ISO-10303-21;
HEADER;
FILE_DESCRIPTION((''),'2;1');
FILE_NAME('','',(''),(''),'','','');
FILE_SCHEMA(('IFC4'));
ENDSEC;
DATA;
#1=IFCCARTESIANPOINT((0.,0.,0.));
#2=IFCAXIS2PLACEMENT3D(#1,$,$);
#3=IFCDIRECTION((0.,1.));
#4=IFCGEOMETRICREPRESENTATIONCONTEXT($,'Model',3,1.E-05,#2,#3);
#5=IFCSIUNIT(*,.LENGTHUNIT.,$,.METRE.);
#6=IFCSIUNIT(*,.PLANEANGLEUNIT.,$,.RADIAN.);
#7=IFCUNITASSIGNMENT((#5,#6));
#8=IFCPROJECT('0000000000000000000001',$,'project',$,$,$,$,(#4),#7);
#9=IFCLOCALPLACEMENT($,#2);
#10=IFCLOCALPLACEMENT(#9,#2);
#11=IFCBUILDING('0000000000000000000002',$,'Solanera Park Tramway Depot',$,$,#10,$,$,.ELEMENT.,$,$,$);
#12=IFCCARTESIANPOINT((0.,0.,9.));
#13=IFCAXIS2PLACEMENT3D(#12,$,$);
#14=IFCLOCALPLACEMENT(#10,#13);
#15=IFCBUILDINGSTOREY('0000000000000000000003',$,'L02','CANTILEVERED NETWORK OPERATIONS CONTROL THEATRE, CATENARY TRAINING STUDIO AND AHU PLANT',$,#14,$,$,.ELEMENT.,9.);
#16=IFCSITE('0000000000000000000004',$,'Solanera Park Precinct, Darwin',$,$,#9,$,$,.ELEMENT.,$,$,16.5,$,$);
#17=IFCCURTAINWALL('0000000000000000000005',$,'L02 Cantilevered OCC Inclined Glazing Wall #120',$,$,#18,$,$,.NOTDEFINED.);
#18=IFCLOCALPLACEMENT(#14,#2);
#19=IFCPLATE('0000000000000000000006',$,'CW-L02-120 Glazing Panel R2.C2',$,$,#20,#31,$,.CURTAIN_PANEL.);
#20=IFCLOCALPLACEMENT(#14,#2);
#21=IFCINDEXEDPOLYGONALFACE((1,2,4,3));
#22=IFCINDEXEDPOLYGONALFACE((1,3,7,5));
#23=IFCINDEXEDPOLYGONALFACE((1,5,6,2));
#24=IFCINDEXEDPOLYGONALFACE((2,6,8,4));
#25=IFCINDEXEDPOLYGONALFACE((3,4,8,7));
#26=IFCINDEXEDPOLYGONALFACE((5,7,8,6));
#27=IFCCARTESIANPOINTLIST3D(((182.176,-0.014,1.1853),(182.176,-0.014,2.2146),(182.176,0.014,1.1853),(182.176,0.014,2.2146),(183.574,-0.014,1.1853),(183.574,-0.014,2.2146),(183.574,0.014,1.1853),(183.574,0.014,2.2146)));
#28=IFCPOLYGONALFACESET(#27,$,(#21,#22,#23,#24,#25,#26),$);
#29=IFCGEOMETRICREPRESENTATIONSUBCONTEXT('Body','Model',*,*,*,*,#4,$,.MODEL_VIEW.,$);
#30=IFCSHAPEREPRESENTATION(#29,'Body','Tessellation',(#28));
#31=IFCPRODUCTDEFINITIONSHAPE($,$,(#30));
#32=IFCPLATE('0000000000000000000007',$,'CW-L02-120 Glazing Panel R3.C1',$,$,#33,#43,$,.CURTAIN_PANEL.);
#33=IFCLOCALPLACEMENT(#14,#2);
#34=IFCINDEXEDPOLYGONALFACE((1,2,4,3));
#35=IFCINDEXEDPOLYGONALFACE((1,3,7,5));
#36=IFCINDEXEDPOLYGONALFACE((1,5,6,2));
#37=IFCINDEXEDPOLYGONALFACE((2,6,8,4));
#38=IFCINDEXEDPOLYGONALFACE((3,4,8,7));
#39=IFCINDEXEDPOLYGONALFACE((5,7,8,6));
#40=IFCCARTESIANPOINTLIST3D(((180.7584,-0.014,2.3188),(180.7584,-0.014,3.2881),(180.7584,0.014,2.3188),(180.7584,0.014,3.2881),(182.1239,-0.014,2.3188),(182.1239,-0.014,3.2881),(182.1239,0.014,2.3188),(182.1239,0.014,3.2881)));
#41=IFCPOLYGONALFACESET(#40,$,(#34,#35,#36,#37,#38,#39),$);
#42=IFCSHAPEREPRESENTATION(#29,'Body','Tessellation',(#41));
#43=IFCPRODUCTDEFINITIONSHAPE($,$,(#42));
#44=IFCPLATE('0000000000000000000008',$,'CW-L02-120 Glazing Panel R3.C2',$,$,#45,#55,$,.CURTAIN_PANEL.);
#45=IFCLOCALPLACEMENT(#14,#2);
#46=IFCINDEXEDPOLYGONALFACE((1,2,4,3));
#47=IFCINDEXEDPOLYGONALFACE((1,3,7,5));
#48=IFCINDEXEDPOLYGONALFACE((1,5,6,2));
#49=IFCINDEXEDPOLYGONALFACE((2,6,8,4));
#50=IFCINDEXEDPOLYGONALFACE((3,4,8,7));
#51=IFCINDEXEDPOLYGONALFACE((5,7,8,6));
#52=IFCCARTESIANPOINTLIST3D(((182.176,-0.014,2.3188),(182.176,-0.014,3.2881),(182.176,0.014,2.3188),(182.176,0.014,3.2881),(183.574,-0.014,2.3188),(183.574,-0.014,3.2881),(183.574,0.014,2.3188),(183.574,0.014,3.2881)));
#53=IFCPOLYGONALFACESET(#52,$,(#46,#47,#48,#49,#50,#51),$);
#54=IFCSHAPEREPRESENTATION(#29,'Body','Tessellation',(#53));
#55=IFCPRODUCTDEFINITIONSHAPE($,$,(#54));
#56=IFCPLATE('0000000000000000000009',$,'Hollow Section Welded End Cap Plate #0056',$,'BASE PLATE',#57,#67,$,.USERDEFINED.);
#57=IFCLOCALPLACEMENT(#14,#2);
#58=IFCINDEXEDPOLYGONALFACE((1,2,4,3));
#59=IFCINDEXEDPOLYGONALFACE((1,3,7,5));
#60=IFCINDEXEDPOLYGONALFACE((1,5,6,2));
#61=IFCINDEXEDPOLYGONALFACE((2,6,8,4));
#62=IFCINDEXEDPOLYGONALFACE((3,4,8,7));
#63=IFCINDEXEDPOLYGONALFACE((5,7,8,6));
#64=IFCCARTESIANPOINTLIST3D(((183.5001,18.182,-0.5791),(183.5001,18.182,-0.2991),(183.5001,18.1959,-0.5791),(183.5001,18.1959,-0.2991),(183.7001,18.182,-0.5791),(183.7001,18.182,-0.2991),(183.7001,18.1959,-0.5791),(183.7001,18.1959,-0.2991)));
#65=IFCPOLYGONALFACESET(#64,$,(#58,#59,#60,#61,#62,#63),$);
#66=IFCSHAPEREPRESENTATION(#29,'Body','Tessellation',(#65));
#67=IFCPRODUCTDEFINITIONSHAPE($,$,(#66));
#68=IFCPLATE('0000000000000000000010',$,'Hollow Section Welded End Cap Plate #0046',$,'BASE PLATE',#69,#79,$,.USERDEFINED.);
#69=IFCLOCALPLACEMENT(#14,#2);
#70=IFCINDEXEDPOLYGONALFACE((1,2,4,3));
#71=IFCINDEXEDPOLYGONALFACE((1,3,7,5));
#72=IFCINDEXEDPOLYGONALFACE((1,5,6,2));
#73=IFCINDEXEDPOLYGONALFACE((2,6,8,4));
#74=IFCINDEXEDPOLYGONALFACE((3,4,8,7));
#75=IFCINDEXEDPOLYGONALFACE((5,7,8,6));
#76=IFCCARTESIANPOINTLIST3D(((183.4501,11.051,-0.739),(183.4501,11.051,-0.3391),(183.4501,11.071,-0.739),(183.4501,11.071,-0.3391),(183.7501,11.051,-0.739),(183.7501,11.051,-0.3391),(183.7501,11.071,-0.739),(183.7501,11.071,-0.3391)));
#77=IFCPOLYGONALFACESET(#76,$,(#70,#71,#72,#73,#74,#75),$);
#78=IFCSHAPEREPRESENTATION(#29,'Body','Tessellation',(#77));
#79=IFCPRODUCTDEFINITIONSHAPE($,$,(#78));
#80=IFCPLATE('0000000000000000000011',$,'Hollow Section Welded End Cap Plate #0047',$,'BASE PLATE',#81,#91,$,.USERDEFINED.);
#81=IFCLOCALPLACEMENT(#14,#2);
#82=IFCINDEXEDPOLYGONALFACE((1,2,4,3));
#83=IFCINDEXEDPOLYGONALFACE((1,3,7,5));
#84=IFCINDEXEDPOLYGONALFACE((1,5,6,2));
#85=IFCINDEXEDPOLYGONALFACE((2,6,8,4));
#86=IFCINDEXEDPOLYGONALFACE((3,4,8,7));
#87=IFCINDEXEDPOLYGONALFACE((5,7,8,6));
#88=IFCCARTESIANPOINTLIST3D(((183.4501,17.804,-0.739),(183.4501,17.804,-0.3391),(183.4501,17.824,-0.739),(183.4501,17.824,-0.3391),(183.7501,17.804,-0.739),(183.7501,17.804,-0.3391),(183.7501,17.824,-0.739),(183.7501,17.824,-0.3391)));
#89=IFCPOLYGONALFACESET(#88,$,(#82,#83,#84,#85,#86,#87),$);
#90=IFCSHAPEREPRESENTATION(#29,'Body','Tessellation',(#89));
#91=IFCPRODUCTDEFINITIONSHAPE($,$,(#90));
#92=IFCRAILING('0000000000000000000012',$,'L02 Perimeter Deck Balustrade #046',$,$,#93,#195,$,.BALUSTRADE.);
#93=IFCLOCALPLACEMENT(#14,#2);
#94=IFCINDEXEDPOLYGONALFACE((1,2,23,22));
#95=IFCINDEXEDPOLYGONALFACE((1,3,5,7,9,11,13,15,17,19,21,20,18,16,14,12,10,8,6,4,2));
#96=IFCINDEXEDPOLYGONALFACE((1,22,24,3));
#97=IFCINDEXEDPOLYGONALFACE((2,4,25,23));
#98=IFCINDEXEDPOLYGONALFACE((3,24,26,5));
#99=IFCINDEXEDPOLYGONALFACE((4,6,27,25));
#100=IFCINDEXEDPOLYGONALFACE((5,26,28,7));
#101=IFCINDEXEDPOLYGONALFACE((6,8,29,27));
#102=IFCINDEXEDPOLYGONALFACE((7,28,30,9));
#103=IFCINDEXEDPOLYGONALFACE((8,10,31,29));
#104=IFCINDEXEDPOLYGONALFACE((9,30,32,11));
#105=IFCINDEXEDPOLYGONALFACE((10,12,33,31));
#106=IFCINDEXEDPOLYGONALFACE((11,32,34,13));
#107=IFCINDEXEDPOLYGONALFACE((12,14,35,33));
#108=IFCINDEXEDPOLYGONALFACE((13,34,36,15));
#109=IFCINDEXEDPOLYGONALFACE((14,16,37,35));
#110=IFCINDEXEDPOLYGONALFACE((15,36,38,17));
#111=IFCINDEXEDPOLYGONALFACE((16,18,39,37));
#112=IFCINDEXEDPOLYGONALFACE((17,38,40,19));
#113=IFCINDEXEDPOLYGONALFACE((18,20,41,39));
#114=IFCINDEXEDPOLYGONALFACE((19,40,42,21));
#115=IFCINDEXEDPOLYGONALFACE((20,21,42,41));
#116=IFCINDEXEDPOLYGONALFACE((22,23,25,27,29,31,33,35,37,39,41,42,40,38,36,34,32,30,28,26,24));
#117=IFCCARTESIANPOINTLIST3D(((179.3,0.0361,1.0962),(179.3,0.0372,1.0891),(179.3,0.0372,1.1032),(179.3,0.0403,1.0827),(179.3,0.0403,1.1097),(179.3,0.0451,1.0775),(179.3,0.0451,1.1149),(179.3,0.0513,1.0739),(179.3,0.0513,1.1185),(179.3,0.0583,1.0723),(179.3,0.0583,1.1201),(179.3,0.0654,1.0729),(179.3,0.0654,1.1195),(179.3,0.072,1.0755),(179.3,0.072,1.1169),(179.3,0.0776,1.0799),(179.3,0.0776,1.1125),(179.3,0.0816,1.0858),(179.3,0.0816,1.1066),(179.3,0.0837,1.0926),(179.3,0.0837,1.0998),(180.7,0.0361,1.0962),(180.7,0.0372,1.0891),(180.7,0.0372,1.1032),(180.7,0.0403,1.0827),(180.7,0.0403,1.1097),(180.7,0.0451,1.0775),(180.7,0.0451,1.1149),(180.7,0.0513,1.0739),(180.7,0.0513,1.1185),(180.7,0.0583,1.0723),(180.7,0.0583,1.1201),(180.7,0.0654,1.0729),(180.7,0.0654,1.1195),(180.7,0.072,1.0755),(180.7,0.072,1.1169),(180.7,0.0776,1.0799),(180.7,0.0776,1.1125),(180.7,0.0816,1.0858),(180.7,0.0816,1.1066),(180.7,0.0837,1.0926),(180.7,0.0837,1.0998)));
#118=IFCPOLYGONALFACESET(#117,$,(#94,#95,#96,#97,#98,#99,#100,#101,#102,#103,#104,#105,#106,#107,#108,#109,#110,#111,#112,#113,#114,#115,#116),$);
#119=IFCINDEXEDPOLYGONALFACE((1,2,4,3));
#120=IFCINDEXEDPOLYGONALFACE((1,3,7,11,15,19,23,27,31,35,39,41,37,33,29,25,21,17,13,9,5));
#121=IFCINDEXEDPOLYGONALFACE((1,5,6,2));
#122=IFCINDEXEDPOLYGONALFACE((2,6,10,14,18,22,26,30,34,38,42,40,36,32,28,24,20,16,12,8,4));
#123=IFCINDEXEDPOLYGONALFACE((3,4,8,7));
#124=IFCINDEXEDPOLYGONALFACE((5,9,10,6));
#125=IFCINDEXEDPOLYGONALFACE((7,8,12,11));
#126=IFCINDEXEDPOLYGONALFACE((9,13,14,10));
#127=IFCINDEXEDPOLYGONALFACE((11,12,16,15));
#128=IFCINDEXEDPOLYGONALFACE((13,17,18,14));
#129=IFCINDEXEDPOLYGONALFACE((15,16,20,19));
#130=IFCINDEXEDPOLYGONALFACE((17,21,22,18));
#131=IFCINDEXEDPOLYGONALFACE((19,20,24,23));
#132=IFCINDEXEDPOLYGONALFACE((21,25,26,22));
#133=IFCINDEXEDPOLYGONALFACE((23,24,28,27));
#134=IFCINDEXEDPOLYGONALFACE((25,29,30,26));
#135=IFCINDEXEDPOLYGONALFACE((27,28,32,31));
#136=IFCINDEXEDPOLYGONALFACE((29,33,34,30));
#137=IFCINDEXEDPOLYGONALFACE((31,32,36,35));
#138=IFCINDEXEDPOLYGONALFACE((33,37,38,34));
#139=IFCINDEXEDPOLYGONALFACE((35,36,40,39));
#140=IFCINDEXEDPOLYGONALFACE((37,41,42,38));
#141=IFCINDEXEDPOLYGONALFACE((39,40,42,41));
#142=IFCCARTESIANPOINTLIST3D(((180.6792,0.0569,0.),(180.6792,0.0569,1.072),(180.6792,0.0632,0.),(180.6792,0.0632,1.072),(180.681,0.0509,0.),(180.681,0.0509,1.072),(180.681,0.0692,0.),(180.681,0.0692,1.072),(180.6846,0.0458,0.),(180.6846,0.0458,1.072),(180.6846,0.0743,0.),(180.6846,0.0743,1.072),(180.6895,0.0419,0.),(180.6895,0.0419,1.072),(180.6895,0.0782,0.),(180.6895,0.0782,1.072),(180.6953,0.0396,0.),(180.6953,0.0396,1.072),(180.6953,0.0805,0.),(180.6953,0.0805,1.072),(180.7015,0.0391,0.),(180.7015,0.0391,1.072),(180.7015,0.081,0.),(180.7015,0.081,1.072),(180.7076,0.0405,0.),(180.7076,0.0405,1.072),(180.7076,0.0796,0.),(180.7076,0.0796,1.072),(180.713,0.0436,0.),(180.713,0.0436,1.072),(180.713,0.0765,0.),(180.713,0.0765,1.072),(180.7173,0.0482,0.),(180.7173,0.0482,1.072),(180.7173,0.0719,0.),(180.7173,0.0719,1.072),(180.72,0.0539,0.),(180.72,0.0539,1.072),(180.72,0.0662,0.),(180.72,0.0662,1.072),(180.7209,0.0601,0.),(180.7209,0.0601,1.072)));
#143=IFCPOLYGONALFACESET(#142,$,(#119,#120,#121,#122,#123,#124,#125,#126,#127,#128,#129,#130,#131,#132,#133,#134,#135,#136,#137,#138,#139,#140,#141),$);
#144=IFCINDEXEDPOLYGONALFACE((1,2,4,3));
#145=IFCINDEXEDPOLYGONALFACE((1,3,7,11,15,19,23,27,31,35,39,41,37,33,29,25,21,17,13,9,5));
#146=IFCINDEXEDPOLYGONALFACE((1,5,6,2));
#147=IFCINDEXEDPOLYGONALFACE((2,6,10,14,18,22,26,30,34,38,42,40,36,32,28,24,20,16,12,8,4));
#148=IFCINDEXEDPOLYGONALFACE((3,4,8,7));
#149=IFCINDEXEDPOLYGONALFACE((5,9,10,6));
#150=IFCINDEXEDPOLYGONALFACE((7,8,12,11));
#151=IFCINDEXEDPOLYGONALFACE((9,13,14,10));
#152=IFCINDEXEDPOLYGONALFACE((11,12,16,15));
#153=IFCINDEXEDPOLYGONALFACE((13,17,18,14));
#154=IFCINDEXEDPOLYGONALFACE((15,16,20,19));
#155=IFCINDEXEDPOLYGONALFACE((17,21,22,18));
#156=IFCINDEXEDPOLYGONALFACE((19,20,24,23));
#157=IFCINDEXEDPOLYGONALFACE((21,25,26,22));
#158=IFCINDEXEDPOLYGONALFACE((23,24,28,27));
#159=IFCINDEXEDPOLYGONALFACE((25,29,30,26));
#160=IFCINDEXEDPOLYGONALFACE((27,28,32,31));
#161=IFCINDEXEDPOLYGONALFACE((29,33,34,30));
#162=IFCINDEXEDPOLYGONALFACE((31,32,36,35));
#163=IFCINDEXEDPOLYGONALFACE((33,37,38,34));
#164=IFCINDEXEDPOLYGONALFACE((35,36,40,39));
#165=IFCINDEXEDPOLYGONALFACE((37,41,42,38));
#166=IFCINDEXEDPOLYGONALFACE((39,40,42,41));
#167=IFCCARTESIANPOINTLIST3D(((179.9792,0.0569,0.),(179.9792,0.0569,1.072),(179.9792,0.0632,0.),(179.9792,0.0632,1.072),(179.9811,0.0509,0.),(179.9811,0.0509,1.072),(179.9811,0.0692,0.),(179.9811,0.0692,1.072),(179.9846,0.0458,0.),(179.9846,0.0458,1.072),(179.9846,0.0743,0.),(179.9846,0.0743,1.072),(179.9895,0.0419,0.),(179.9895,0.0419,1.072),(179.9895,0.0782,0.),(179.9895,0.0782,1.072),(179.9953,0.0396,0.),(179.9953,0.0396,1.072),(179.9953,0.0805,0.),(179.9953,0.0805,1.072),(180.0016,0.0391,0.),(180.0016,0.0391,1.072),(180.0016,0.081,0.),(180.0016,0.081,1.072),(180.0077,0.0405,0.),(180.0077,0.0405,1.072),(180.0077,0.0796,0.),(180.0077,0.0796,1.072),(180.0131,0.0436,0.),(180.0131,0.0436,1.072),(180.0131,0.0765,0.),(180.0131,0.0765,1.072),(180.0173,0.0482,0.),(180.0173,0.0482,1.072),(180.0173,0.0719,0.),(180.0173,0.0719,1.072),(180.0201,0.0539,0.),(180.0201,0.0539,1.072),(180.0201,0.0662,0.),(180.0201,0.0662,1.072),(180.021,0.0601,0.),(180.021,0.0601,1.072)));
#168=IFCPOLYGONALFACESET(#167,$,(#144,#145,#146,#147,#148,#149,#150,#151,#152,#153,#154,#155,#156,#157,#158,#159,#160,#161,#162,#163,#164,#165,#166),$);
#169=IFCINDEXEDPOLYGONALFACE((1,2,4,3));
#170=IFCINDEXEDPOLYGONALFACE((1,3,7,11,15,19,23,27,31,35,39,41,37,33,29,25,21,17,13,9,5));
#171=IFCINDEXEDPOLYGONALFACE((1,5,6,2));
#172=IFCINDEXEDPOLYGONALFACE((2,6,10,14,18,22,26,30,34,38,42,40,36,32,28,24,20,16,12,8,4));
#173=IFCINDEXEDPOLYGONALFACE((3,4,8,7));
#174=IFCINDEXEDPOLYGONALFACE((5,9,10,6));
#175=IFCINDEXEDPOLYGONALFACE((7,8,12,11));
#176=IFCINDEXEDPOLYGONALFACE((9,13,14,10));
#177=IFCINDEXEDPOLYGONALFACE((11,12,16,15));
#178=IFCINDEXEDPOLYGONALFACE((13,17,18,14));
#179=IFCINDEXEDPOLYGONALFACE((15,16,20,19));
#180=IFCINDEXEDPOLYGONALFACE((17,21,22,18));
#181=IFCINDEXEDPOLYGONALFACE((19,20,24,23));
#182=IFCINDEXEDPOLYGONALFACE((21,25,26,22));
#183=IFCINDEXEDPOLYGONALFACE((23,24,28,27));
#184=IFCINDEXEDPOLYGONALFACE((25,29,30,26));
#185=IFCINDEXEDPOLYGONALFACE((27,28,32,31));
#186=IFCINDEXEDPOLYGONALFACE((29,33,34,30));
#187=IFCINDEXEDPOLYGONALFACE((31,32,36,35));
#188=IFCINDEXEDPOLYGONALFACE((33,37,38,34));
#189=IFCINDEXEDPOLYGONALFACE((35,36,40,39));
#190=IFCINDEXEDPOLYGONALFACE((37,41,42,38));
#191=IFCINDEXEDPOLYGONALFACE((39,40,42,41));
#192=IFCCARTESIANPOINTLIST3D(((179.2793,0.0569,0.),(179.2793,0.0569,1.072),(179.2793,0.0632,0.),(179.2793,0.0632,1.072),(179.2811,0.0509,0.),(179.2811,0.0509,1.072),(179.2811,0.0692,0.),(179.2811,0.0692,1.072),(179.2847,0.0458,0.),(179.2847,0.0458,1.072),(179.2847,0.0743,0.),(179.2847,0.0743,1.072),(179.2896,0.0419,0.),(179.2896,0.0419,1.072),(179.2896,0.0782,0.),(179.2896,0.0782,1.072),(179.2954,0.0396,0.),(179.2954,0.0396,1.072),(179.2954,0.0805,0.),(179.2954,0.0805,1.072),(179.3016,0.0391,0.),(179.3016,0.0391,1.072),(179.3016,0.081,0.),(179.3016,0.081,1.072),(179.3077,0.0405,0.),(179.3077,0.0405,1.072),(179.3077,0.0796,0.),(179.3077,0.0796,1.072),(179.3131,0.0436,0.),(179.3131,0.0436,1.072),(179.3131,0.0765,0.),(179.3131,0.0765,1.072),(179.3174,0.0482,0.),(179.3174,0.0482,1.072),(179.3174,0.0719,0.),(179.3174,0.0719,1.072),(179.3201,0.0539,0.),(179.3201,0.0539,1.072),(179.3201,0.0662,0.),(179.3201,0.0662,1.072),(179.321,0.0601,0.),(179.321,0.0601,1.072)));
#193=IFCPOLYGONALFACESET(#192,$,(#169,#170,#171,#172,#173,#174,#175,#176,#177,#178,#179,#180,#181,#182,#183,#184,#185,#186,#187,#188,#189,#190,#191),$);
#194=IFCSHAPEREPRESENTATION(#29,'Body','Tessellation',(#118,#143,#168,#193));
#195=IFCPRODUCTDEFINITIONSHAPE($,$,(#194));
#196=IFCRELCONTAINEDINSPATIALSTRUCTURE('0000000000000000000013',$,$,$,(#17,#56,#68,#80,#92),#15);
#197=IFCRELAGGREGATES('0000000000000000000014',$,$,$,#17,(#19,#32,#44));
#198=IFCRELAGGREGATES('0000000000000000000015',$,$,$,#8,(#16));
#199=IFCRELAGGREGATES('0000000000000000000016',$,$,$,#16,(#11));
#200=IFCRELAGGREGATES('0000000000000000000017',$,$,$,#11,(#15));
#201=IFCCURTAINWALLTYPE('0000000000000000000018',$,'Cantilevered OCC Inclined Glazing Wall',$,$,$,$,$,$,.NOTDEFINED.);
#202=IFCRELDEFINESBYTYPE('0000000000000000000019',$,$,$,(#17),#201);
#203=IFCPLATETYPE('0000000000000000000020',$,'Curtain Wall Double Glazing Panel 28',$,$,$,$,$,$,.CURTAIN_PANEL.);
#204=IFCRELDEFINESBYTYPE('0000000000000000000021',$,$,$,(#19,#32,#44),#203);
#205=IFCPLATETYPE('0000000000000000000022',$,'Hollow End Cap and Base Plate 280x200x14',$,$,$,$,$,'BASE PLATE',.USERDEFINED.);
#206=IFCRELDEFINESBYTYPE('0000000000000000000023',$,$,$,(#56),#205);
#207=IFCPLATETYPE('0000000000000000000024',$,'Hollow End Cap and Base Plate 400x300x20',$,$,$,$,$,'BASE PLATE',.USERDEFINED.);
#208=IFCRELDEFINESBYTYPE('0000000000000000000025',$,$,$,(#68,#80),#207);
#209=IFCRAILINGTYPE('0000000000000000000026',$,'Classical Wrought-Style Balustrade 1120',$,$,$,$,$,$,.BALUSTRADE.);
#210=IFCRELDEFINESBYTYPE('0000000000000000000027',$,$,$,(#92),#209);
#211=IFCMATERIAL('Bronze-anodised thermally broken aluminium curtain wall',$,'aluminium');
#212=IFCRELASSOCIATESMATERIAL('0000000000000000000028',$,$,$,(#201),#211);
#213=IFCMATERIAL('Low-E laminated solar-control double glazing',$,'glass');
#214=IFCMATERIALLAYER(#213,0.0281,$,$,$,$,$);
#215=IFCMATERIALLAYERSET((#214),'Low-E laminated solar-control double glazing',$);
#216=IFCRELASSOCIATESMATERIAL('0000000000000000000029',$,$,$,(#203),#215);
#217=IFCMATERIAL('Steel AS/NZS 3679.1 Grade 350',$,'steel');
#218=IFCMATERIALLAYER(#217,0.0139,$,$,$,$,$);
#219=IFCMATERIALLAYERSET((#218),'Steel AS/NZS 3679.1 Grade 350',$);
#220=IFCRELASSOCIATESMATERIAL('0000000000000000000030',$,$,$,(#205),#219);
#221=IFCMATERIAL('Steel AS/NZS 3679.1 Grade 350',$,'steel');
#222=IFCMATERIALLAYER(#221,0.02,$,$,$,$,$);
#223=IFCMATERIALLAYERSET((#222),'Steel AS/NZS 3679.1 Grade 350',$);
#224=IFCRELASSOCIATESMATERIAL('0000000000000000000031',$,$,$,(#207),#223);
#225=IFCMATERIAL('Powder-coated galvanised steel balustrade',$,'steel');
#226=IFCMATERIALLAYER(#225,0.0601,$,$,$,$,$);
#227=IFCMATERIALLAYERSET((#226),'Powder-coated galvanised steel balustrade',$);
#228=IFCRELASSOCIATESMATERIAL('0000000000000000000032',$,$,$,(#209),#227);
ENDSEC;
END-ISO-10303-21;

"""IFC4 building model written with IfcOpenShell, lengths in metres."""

from ifc_helpers import new_model, si_unit, direction, frame, origin, origin_2d, place, context, subcontext, project, spatial, rectangle, circle, extrude, material, layer, layer_set, type_object, element, aggregate, save


model = new_model("IFC4")

# Units and contexts
model_context = context("Model", 3, precision=1e-05, world=origin(), true_north=direction((0.0, 1.0)))
body_context = subcontext(model_context, "Body", "Model", "MODEL_VIEW")
ifc_project = project(units=[si_unit("LENGTHUNIT", "METRE"), si_unit("PLANEANGLEUNIT", "RADIAN")], contexts=[model_context])

# Site, building, storey
site_placement = place(None, origin())
site = spatial("IfcSite", under=ifc_project, at=site_placement, Name="Solanera Park Precinct, Darwin", CompositionType="ELEMENT", RefElevation=16.5)
building_placement = place(site_placement, origin())
building = spatial("IfcBuilding", under=site, at=building_placement, Name="Solanera Park Tramway Depot", CompositionType="ELEMENT")
storey_placement = place(building_placement, frame((0.0, 0.0, 9.0)))
storey = spatial("IfcBuildingStorey", under=building, at=storey_placement, Name="L02", Description="CANTILEVERED NETWORK OPERATIONS CONTROL THEATRE, CATENARY TRAINING STUDIO AND AHU PLANT", CompositionType="ELEMENT", Elevation=9.0)

# Curtain wall
ifc_material_1 = material(Name="Bronze-anodised thermally broken aluminium curtain wall", Category="aluminium")
curtain_wall_type = type_object("IfcCurtainWallType", Name="Cantilevered OCC Inclined Glazing Wall", PredefinedType="NOTDEFINED", material=ifc_material_1)
curtain_wall_placement = place(storey_placement, origin())
curtain_wall = element("IfcCurtainWall", 1, at=curtain_wall_placement, inside=storey, type_object=curtain_wall_type, Name="L02 Cantilevered OCC Inclined Glazing Wall #120", PredefinedType="NOTDEFINED")

# Plates
ifc_material_2 = material(Name="Low-E laminated solar-control double glazing", Category="glass")
ifc_layer_1 = layer(ifc_material_2, 0.0281)
ifc_layer_set_1 = layer_set([ifc_layer_1], Name="Low-E laminated solar-control double glazing")
plate_type_1 = type_object("IfcPlateType", Name="Curtain Wall Double Glazing Panel 28", PredefinedType="CURTAIN_PANEL", material=ifc_layer_set_1)
plate_1_placement = place(storey_placement, frame((182.875, 0.0, 1.1853), z_axis=(0.0, 0.0, 1.0), x_axis=(1.0, 0.0, 0.0)))
plate_1 = element("IfcPlate", 2, at=plate_1_placement, type_object=plate_type_1, Name="CW-L02-120 Glazing Panel R2.C2", PredefinedType="CURTAIN_PANEL", context=body_context, shape_type="SweptSolid", body=[
    extrude(rectangle(XDim=1.3979, YDim=0.0281, at=origin_2d()), origin(), (0.0, 0.0, 1.0), 1.0293),
])
plate_2_placement = place(storey_placement, frame((181.4412, 0.0, 2.3188), z_axis=(0.0, 0.0, 1.0), x_axis=(1.0, 0.0, 0.0)))
plate_2 = element("IfcPlate", 3, at=plate_2_placement, type_object=plate_type_1, Name="CW-L02-120 Glazing Panel R3.C1", PredefinedType="CURTAIN_PANEL", context=body_context, shape_type="SweptSolid", body=[
    extrude(rectangle(XDim=1.3655, YDim=0.0281, at=origin_2d()), origin(), (0.0, 0.0, 1.0), 0.9692),
])
plate_3_placement = place(storey_placement, frame((182.875, 0.0, 2.3188), z_axis=(0.0, 0.0, 1.0), x_axis=(1.0, 0.0, 0.0)))
plate_3 = element("IfcPlate", 4, at=plate_3_placement, type_object=plate_type_1, Name="CW-L02-120 Glazing Panel R3.C2", PredefinedType="CURTAIN_PANEL", context=body_context, shape_type="SweptSolid", body=[
    extrude(rectangle(XDim=1.3979, YDim=0.0281, at=origin_2d()), origin(), (0.0, 0.0, 1.0), 0.9692),
])
aggregate(curtain_wall, [plate_1, plate_2, plate_3])

# Plates
ifc_material_3 = material(Name="Steel AS/NZS 3679.1 Grade 350", Category="steel")
ifc_layer_2 = layer(ifc_material_3, 0.0139)
ifc_layer_set_2 = layer_set([ifc_layer_2], Name="Steel AS/NZS 3679.1 Grade 350")
plate_type_2 = type_object("IfcPlateType", Name="Hollow End Cap and Base Plate 280x200x14", ElementType="BASE PLATE", PredefinedType="USERDEFINED", material=ifc_layer_set_2)
plate_4_placement = place(storey_placement, frame((183.6001, 18.189, -0.5791), z_axis=(0.0, 0.0, 1.0), x_axis=(0.0, 1.0, 0.0)))
element("IfcPlate", 5, at=plate_4_placement, inside=storey, type_object=plate_type_2, Name="Hollow Section Welded End Cap Plate #0056", ObjectType="BASE PLATE", PredefinedType="USERDEFINED", context=body_context, shape_type="SweptSolid", body=[
    extrude(rectangle(XDim=0.0139, YDim=0.2, at=origin_2d()), origin(), (0.0, 0.0, 1.0), 0.28),
])
ifc_material_4 = material(Name="Steel AS/NZS 3679.1 Grade 350", Category="steel")
ifc_layer_3 = layer(ifc_material_4, 0.02)
ifc_layer_set_3 = layer_set([ifc_layer_3], Name="Steel AS/NZS 3679.1 Grade 350")
plate_type_3 = type_object("IfcPlateType", Name="Hollow End Cap and Base Plate 400x300x20", ElementType="BASE PLATE", PredefinedType="USERDEFINED", material=ifc_layer_set_3)
for number, where, z_axis, x_axis, name in (
    (6, (183.6001, 11.061, -0.739), (0.0, 0.0, 1.0), (0.0, 1.0, 0.0), "Hollow Section Welded End Cap Plate #0046"),
    (7, (183.6001, 17.814, -0.739), (0.0, 0.0, 1.0), (0.0, 1.0, 0.0), "Hollow Section Welded End Cap Plate #0047"),
):
    element("IfcPlate", number, at=place(storey_placement, frame(where, z_axis=z_axis, x_axis=x_axis)), inside=storey, type_object=plate_type_3, Name=name, ObjectType="BASE PLATE", PredefinedType="USERDEFINED", context=body_context, shape_type="SweptSolid", body=[
        extrude(rectangle(XDim=0.02, YDim=0.3, at=origin_2d()), origin(), (0.0, 0.0, 1.0), 0.3999),
    ])

# Railing
ifc_material_5 = material(Name="Powder-coated galvanised steel balustrade", Category="steel")
ifc_layer_4 = layer(ifc_material_5, 0.0601)
ifc_layer_set_4 = layer_set([ifc_layer_4], Name="Powder-coated galvanised steel balustrade")
railing_type = type_object("IfcRailingType", Name="Classical Wrought-Style Balustrade 1120", PredefinedType="BALUSTRADE", material=ifc_layer_set_4)
railing_placement = place(storey_placement, frame((180.7, 0.0601, 0.0)))
element("IfcRailing", 8, at=railing_placement, inside=storey, type_object=railing_type, Name="L02 Perimeter Deck Balustrade #046", PredefinedType="BALUSTRADE", context=body_context, shape_type="SweptSolid", body=[
    extrude(circle(Radius=0.0239, at=origin_2d()), frame((0.0, 0.0, 1.0962), z_axis=(-1.0, 0.0, 0.0), x_axis=(0.0, -1.0, 0.0)), (0.0, 0.0, 1.0), 1.3999),
    extrude(circle(Radius=0.021, at=origin_2d()), origin(), (0.0, 0.0, 1.0), 1.072),
    extrude(circle(Radius=0.021, at=origin_2d()), frame((-0.7, 0.0, 0.0)), (0.0, 0.0, 1.0), 1.072),
    extrude(circle(Radius=0.021, at=origin_2d()), frame((-1.3999, 0.0, 0.0)), (0.0, 0.0, 1.0), 1.072),
])

save(model, "model.ifc")
